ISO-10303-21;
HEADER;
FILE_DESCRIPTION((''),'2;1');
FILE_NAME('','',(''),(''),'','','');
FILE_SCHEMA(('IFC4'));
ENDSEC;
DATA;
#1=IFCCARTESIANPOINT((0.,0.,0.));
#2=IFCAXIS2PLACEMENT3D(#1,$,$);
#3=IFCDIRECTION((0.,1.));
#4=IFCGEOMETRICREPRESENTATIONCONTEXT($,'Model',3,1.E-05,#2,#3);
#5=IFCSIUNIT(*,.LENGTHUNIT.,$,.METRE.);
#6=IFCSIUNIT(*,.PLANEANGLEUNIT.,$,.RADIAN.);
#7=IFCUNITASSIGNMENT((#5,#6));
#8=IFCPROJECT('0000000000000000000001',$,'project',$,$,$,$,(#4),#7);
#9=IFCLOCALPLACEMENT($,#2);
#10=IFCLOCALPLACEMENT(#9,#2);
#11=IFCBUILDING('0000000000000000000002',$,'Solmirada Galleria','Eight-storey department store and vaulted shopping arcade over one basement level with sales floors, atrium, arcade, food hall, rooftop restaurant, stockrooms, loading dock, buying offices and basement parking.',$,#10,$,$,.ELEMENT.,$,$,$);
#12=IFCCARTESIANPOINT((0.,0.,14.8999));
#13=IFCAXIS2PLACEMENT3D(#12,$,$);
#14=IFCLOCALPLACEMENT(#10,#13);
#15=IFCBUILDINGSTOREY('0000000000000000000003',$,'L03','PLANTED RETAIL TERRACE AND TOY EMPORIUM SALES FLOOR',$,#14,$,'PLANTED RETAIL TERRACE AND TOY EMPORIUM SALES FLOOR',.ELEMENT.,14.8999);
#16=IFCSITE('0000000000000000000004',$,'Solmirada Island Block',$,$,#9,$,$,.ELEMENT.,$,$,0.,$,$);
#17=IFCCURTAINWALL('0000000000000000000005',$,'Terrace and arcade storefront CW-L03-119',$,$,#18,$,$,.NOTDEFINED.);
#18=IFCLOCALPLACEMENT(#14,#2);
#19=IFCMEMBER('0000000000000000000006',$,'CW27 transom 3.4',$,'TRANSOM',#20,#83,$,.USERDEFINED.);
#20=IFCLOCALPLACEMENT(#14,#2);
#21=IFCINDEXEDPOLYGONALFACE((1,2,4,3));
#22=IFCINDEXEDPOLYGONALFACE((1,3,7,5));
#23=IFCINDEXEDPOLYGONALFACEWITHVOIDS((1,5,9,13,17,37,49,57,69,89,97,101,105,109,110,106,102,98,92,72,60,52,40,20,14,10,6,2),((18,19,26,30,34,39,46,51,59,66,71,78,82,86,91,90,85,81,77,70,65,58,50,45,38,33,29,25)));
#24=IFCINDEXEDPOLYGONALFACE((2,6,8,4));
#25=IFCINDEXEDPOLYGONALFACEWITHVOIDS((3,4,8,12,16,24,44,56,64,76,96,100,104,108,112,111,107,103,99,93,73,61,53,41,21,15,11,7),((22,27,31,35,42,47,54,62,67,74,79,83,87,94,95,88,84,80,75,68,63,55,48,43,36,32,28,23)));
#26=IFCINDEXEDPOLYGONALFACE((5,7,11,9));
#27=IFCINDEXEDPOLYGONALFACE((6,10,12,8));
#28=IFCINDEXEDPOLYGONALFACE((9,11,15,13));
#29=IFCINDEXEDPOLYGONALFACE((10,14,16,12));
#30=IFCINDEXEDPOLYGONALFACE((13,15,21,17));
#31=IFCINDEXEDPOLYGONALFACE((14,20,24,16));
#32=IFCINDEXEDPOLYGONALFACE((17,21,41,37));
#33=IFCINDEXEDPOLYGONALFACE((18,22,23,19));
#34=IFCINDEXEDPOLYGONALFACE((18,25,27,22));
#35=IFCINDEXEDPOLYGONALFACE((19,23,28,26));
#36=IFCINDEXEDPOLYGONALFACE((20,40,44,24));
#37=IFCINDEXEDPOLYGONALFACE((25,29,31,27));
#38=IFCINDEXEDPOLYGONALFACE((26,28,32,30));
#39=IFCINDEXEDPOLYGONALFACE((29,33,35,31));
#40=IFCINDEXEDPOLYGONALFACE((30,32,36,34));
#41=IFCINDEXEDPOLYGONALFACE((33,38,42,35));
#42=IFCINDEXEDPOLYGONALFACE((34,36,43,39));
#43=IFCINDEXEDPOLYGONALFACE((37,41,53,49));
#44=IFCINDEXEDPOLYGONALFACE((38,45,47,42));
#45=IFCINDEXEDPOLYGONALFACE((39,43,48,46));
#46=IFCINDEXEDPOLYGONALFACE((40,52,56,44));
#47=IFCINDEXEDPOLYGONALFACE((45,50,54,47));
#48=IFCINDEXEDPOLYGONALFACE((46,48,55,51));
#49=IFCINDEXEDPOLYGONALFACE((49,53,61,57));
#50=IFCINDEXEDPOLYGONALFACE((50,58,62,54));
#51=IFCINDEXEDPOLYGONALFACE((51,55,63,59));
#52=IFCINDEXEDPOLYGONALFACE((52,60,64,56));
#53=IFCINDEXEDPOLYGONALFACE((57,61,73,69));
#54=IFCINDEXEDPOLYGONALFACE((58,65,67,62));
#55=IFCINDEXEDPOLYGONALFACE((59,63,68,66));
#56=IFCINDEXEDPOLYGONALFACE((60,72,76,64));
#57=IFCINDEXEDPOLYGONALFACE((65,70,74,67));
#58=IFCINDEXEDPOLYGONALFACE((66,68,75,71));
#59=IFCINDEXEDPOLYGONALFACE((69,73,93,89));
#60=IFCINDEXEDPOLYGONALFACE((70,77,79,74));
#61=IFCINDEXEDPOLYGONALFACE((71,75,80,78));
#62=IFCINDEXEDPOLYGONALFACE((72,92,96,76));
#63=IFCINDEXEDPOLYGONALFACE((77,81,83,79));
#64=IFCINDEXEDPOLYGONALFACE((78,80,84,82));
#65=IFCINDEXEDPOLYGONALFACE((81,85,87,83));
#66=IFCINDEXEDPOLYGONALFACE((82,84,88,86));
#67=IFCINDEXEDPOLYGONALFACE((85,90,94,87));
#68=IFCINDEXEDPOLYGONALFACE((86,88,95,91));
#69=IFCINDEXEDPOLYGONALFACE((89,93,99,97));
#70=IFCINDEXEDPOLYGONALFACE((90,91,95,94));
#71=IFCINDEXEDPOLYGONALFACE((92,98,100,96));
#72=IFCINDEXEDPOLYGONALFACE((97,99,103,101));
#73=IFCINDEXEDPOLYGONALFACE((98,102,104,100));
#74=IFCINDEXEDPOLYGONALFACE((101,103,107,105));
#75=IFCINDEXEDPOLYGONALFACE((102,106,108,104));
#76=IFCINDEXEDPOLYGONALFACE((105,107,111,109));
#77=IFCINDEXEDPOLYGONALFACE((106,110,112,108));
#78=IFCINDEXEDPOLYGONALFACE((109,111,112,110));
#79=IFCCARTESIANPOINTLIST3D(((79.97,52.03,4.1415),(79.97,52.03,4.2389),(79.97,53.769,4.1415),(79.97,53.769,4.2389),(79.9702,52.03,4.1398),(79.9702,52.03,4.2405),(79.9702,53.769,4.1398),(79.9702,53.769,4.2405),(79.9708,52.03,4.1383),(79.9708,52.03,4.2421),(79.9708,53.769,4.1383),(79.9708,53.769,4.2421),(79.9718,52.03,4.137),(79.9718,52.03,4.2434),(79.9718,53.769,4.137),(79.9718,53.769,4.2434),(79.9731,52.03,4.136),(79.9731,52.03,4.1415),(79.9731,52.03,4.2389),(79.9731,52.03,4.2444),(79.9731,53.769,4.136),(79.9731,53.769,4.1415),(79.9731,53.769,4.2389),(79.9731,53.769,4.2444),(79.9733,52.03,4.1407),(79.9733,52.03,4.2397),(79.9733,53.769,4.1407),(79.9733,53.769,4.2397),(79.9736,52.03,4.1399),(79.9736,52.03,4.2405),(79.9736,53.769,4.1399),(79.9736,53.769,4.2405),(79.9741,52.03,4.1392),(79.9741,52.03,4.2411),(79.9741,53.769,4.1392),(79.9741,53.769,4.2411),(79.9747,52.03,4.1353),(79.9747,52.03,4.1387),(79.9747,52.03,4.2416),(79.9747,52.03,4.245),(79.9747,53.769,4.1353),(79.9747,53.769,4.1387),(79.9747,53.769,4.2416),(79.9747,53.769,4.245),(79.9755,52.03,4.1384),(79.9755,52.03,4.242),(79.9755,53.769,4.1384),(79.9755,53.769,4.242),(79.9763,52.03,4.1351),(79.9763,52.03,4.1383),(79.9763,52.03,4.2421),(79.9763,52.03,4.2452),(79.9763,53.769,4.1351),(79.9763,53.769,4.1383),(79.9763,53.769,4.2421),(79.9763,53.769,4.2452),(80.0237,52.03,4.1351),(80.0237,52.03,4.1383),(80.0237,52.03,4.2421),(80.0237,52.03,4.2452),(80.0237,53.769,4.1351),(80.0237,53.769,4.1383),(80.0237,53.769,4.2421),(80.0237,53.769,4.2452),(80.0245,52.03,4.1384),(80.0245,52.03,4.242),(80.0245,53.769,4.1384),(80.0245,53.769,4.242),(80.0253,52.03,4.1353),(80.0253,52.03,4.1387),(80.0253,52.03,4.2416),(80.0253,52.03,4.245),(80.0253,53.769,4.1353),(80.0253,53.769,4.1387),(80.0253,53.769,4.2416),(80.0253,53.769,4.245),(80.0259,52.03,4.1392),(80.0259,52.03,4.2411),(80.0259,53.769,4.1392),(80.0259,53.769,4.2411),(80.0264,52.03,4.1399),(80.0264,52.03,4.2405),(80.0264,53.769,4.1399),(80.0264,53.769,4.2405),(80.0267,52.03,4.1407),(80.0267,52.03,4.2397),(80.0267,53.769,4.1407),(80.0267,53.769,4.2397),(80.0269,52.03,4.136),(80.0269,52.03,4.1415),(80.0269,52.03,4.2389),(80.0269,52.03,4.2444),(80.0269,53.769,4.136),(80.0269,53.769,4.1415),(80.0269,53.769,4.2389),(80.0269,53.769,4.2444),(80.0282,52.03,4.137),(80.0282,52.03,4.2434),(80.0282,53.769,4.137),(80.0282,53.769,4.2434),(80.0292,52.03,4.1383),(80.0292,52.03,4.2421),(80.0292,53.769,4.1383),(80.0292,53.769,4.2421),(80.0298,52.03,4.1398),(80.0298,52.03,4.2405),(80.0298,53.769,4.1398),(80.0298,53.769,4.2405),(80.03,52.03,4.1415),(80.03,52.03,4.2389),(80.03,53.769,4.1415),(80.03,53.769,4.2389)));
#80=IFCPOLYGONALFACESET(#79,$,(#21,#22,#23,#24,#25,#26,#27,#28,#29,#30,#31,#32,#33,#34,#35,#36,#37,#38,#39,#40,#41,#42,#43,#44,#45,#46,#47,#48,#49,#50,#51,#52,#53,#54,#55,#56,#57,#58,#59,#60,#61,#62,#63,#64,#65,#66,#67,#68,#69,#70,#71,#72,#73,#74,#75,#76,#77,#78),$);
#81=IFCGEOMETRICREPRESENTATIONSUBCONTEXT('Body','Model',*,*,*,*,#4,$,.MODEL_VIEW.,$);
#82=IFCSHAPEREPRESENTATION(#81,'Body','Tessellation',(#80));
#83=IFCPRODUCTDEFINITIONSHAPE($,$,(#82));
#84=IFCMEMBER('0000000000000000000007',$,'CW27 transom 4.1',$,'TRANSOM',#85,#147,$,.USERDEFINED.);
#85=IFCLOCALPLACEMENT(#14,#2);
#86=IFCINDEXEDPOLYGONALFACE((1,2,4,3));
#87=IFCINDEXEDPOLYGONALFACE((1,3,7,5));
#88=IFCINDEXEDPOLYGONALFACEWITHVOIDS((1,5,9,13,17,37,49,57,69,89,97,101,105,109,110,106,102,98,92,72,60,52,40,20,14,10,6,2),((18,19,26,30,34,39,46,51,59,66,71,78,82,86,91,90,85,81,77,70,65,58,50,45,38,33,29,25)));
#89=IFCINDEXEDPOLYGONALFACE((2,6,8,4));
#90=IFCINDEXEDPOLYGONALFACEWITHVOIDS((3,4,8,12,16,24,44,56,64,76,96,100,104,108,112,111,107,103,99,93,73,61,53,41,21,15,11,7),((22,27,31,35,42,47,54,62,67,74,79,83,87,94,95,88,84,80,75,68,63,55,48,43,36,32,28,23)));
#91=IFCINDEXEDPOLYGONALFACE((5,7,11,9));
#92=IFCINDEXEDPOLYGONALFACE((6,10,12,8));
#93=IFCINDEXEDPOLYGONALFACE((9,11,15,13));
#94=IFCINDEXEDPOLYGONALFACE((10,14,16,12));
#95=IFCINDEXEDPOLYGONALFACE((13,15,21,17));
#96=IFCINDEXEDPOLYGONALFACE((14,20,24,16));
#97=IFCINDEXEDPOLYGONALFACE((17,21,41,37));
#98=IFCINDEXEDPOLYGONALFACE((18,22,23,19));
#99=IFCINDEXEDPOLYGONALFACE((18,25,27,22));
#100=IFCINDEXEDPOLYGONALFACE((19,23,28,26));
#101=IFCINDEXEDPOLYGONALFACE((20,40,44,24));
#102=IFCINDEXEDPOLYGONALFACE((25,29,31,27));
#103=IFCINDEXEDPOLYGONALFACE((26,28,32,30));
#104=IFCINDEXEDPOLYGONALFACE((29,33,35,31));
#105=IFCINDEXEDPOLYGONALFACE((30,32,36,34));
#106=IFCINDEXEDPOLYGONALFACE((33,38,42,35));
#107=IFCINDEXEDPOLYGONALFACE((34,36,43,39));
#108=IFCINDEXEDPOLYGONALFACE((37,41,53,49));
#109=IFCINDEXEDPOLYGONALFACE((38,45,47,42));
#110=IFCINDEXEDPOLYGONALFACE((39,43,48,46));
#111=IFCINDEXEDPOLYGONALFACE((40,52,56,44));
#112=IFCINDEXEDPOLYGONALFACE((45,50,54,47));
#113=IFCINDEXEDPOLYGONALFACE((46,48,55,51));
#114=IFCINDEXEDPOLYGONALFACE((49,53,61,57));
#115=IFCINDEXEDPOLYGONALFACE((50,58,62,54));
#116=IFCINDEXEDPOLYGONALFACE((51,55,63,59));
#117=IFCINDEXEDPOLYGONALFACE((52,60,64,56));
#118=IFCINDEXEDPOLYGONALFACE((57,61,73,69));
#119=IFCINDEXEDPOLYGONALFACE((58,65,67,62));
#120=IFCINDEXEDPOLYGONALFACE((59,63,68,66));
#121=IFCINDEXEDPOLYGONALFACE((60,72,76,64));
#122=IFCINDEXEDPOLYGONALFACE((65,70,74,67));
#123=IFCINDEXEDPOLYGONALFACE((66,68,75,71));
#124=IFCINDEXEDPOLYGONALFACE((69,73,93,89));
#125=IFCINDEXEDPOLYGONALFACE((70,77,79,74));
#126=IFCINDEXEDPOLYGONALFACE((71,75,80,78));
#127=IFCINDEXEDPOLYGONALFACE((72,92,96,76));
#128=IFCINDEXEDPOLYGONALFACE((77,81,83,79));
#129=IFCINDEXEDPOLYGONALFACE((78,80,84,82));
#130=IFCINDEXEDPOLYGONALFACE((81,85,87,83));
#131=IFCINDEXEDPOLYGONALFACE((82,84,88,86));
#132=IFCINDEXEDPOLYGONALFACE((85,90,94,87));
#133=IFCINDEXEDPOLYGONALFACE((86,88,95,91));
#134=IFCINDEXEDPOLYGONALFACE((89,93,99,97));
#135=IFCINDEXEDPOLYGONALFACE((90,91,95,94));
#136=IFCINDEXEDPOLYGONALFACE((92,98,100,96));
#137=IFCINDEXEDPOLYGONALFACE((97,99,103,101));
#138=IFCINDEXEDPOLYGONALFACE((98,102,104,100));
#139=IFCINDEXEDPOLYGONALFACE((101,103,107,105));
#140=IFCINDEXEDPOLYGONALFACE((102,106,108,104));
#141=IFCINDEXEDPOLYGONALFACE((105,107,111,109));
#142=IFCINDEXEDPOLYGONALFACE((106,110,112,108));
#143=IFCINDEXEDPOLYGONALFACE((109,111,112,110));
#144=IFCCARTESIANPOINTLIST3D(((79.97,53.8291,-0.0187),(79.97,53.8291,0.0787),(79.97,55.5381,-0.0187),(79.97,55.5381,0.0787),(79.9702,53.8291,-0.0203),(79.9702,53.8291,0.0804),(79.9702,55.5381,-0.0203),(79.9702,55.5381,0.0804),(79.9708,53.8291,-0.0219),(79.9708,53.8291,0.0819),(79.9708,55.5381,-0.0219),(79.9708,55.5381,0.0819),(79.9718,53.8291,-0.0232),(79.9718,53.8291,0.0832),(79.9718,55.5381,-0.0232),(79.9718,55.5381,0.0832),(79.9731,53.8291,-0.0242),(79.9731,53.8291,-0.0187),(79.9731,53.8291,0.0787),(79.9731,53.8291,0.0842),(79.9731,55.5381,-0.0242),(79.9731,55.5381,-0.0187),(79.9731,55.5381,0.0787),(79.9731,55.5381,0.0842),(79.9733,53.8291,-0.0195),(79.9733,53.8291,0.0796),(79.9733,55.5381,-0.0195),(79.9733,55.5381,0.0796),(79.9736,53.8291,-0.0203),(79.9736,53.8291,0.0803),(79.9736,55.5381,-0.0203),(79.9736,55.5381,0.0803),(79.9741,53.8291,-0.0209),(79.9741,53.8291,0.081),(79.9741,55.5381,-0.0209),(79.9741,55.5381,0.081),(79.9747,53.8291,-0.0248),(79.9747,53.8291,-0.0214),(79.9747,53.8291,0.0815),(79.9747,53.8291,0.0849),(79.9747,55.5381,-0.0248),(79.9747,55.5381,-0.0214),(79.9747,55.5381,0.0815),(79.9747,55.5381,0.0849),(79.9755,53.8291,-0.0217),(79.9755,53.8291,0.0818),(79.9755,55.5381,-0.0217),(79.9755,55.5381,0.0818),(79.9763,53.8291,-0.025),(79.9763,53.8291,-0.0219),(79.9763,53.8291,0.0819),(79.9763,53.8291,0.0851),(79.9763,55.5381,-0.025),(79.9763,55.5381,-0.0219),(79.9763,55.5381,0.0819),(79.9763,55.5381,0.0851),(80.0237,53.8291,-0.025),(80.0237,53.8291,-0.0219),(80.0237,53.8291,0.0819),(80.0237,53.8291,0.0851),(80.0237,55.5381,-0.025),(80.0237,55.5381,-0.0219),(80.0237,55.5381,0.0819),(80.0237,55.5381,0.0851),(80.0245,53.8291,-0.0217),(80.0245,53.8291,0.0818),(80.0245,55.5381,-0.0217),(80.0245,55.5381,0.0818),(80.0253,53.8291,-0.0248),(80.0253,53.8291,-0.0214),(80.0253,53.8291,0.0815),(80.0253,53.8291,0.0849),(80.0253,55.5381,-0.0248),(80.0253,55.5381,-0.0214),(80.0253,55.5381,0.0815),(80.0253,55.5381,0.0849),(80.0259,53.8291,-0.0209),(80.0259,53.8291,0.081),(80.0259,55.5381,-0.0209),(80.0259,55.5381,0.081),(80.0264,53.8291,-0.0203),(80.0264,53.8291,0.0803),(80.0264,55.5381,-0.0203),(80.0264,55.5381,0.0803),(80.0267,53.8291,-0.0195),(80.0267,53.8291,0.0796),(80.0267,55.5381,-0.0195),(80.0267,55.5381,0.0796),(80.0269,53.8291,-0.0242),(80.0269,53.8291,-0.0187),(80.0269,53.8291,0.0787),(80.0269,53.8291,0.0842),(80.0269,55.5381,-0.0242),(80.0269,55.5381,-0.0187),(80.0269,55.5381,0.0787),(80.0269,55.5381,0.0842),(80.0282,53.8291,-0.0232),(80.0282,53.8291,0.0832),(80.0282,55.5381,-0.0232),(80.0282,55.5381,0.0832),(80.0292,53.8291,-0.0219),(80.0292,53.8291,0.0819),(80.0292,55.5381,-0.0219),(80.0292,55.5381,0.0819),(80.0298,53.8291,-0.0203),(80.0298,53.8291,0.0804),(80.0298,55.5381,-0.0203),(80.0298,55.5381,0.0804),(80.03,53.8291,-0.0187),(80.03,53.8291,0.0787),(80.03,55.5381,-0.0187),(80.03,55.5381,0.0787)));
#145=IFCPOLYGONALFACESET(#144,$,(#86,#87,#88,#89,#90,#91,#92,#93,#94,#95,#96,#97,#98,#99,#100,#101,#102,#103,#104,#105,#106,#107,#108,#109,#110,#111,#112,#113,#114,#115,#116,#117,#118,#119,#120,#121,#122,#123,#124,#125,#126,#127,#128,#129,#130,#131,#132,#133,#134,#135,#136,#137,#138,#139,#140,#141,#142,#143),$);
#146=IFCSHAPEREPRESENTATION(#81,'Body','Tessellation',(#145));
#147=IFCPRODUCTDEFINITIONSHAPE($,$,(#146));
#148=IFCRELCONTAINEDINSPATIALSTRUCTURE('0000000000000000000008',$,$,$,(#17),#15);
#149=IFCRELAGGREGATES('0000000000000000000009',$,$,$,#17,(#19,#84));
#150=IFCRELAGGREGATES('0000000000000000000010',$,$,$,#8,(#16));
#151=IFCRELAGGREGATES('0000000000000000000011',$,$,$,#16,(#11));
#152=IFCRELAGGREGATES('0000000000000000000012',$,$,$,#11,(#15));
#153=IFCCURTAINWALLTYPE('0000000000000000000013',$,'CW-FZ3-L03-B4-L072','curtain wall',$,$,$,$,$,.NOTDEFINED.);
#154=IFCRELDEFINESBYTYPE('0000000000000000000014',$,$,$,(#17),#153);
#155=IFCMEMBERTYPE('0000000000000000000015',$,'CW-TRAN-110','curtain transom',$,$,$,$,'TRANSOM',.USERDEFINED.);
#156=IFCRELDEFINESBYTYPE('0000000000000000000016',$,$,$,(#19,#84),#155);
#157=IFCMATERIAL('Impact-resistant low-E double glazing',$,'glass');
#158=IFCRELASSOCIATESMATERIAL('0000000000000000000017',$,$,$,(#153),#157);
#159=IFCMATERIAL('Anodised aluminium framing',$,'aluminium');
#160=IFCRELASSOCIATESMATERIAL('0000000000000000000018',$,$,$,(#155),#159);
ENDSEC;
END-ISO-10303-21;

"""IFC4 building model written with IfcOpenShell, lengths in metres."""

from ifc_helpers import new_model, si_unit, direction, frame, origin, origin_2d, place, context, subcontext, project, spatial, hollow_rectangle, extrude, material, material_profile, profile_set, type_object, element, aggregate, save


model = new_model("IFC4")

# Units and contexts
model_context = context("Model", 3, precision=1e-05, world=origin(), true_north=direction((0.0, 1.0)))
body_context = subcontext(model_context, "Body", "Model", "MODEL_VIEW")
ifc_project = project(units=[si_unit("LENGTHUNIT", "METRE"), si_unit("PLANEANGLEUNIT", "RADIAN")], contexts=[model_context])

# Site, building, storey
site_placement = place(None, origin())
site = spatial("IfcSite", under=ifc_project, at=site_placement, Name="Solmirada Island Block", CompositionType="ELEMENT", RefElevation=0.0)
building_placement = place(site_placement, origin())
building = spatial("IfcBuilding", under=site, at=building_placement, Name="Solmirada Galleria", Description="Eight-storey department store and vaulted shopping arcade over one basement level with sales floors, atrium, arcade, food hall, rooftop restaurant, stockrooms, loading dock, buying offices and basement parking.", CompositionType="ELEMENT")
storey_placement = place(building_placement, frame((0.0, 0.0, 14.8999)))
storey = spatial("IfcBuildingStorey", under=building, at=storey_placement, Name="L03", Description="PLANTED RETAIL TERRACE AND TOY EMPORIUM SALES FLOOR", LongName="PLANTED RETAIL TERRACE AND TOY EMPORIUM SALES FLOOR", CompositionType="ELEMENT", Elevation=14.8999)

# Curtain wall
ifc_material_1 = material(Name="Impact-resistant low-E double glazing", Category="glass")
curtain_wall_type = type_object("IfcCurtainWallType", Name="CW-FZ3-L03-B4-L072", Description="curtain wall", PredefinedType="NOTDEFINED", material=ifc_material_1)
ifc_material_2 = material(Name="Anodised aluminium framing", Category="aluminium")
curtain_wall_1_placement = place(storey_placement, origin())
curtain_wall_1 = element("IfcCurtainWall", 1, at=curtain_wall_1_placement, inside=storey, type_object=curtain_wall_type, Name="Terrace and arcade storefront CW-L03-119", PredefinedType="NOTDEFINED")

# Members
ifc_material_profile_1 = material_profile(ifc_material_2, hollow_rectangle(XDim=0.0601, YDim=0.1101, WallThickness=0.0032, InnerFilletRadius=0.0032, OuterFilletRadius=0.0063, at=origin_2d()), Name="ALU-TRAN-110X60")
ifc_profile_set_1 = profile_set([ifc_material_profile_1], Name="Anodised aluminium framing")
member_type_1 = type_object("IfcMemberType", Name="CW-TRAN-110", Description="curtain transom", ElementType="TRANSOM", PredefinedType="USERDEFINED", material=ifc_profile_set_1)
member_1_placement = place(storey_placement, frame((80.0, 52.03, 4.1902), z_axis=(0.0, 1.0, 0.0), x_axis=(-1.0, 0.0, 0.0)))
member_1 = element("IfcMember", 2, at=member_1_placement, type_object=member_type_1, Name="CW27 transom 3.4", ObjectType="TRANSOM", PredefinedType="USERDEFINED", context=body_context, shape_type="SweptSolid", body=[
    extrude(hollow_rectangle(XDim=0.0601, YDim=0.1101, WallThickness=0.0032, InnerFilletRadius=0.0032, OuterFilletRadius=0.0063, at=origin_2d()), origin(), (0.0, 0.0, 1.0), 1.739),
])
member_2_placement = place(storey_placement, frame((80.0, 53.8291, 0.03), z_axis=(0.0, 1.0, 0.0), x_axis=(-1.0, 0.0, 0.0)))
member_2 = element("IfcMember", 3, at=member_2_placement, type_object=member_type_1, Name="CW27 transom 4.1", ObjectType="TRANSOM", PredefinedType="USERDEFINED", context=body_context, shape_type="SweptSolid", body=[
    extrude(hollow_rectangle(XDim=0.0601, YDim=0.1101, WallThickness=0.0032, InnerFilletRadius=0.0032, OuterFilletRadius=0.0063, at=origin_2d()), origin(), (0.0, 0.0, 1.0), 1.709),
])

aggregate(curtain_wall_1, [member_1, member_2])

save(model, "model.ifc")
